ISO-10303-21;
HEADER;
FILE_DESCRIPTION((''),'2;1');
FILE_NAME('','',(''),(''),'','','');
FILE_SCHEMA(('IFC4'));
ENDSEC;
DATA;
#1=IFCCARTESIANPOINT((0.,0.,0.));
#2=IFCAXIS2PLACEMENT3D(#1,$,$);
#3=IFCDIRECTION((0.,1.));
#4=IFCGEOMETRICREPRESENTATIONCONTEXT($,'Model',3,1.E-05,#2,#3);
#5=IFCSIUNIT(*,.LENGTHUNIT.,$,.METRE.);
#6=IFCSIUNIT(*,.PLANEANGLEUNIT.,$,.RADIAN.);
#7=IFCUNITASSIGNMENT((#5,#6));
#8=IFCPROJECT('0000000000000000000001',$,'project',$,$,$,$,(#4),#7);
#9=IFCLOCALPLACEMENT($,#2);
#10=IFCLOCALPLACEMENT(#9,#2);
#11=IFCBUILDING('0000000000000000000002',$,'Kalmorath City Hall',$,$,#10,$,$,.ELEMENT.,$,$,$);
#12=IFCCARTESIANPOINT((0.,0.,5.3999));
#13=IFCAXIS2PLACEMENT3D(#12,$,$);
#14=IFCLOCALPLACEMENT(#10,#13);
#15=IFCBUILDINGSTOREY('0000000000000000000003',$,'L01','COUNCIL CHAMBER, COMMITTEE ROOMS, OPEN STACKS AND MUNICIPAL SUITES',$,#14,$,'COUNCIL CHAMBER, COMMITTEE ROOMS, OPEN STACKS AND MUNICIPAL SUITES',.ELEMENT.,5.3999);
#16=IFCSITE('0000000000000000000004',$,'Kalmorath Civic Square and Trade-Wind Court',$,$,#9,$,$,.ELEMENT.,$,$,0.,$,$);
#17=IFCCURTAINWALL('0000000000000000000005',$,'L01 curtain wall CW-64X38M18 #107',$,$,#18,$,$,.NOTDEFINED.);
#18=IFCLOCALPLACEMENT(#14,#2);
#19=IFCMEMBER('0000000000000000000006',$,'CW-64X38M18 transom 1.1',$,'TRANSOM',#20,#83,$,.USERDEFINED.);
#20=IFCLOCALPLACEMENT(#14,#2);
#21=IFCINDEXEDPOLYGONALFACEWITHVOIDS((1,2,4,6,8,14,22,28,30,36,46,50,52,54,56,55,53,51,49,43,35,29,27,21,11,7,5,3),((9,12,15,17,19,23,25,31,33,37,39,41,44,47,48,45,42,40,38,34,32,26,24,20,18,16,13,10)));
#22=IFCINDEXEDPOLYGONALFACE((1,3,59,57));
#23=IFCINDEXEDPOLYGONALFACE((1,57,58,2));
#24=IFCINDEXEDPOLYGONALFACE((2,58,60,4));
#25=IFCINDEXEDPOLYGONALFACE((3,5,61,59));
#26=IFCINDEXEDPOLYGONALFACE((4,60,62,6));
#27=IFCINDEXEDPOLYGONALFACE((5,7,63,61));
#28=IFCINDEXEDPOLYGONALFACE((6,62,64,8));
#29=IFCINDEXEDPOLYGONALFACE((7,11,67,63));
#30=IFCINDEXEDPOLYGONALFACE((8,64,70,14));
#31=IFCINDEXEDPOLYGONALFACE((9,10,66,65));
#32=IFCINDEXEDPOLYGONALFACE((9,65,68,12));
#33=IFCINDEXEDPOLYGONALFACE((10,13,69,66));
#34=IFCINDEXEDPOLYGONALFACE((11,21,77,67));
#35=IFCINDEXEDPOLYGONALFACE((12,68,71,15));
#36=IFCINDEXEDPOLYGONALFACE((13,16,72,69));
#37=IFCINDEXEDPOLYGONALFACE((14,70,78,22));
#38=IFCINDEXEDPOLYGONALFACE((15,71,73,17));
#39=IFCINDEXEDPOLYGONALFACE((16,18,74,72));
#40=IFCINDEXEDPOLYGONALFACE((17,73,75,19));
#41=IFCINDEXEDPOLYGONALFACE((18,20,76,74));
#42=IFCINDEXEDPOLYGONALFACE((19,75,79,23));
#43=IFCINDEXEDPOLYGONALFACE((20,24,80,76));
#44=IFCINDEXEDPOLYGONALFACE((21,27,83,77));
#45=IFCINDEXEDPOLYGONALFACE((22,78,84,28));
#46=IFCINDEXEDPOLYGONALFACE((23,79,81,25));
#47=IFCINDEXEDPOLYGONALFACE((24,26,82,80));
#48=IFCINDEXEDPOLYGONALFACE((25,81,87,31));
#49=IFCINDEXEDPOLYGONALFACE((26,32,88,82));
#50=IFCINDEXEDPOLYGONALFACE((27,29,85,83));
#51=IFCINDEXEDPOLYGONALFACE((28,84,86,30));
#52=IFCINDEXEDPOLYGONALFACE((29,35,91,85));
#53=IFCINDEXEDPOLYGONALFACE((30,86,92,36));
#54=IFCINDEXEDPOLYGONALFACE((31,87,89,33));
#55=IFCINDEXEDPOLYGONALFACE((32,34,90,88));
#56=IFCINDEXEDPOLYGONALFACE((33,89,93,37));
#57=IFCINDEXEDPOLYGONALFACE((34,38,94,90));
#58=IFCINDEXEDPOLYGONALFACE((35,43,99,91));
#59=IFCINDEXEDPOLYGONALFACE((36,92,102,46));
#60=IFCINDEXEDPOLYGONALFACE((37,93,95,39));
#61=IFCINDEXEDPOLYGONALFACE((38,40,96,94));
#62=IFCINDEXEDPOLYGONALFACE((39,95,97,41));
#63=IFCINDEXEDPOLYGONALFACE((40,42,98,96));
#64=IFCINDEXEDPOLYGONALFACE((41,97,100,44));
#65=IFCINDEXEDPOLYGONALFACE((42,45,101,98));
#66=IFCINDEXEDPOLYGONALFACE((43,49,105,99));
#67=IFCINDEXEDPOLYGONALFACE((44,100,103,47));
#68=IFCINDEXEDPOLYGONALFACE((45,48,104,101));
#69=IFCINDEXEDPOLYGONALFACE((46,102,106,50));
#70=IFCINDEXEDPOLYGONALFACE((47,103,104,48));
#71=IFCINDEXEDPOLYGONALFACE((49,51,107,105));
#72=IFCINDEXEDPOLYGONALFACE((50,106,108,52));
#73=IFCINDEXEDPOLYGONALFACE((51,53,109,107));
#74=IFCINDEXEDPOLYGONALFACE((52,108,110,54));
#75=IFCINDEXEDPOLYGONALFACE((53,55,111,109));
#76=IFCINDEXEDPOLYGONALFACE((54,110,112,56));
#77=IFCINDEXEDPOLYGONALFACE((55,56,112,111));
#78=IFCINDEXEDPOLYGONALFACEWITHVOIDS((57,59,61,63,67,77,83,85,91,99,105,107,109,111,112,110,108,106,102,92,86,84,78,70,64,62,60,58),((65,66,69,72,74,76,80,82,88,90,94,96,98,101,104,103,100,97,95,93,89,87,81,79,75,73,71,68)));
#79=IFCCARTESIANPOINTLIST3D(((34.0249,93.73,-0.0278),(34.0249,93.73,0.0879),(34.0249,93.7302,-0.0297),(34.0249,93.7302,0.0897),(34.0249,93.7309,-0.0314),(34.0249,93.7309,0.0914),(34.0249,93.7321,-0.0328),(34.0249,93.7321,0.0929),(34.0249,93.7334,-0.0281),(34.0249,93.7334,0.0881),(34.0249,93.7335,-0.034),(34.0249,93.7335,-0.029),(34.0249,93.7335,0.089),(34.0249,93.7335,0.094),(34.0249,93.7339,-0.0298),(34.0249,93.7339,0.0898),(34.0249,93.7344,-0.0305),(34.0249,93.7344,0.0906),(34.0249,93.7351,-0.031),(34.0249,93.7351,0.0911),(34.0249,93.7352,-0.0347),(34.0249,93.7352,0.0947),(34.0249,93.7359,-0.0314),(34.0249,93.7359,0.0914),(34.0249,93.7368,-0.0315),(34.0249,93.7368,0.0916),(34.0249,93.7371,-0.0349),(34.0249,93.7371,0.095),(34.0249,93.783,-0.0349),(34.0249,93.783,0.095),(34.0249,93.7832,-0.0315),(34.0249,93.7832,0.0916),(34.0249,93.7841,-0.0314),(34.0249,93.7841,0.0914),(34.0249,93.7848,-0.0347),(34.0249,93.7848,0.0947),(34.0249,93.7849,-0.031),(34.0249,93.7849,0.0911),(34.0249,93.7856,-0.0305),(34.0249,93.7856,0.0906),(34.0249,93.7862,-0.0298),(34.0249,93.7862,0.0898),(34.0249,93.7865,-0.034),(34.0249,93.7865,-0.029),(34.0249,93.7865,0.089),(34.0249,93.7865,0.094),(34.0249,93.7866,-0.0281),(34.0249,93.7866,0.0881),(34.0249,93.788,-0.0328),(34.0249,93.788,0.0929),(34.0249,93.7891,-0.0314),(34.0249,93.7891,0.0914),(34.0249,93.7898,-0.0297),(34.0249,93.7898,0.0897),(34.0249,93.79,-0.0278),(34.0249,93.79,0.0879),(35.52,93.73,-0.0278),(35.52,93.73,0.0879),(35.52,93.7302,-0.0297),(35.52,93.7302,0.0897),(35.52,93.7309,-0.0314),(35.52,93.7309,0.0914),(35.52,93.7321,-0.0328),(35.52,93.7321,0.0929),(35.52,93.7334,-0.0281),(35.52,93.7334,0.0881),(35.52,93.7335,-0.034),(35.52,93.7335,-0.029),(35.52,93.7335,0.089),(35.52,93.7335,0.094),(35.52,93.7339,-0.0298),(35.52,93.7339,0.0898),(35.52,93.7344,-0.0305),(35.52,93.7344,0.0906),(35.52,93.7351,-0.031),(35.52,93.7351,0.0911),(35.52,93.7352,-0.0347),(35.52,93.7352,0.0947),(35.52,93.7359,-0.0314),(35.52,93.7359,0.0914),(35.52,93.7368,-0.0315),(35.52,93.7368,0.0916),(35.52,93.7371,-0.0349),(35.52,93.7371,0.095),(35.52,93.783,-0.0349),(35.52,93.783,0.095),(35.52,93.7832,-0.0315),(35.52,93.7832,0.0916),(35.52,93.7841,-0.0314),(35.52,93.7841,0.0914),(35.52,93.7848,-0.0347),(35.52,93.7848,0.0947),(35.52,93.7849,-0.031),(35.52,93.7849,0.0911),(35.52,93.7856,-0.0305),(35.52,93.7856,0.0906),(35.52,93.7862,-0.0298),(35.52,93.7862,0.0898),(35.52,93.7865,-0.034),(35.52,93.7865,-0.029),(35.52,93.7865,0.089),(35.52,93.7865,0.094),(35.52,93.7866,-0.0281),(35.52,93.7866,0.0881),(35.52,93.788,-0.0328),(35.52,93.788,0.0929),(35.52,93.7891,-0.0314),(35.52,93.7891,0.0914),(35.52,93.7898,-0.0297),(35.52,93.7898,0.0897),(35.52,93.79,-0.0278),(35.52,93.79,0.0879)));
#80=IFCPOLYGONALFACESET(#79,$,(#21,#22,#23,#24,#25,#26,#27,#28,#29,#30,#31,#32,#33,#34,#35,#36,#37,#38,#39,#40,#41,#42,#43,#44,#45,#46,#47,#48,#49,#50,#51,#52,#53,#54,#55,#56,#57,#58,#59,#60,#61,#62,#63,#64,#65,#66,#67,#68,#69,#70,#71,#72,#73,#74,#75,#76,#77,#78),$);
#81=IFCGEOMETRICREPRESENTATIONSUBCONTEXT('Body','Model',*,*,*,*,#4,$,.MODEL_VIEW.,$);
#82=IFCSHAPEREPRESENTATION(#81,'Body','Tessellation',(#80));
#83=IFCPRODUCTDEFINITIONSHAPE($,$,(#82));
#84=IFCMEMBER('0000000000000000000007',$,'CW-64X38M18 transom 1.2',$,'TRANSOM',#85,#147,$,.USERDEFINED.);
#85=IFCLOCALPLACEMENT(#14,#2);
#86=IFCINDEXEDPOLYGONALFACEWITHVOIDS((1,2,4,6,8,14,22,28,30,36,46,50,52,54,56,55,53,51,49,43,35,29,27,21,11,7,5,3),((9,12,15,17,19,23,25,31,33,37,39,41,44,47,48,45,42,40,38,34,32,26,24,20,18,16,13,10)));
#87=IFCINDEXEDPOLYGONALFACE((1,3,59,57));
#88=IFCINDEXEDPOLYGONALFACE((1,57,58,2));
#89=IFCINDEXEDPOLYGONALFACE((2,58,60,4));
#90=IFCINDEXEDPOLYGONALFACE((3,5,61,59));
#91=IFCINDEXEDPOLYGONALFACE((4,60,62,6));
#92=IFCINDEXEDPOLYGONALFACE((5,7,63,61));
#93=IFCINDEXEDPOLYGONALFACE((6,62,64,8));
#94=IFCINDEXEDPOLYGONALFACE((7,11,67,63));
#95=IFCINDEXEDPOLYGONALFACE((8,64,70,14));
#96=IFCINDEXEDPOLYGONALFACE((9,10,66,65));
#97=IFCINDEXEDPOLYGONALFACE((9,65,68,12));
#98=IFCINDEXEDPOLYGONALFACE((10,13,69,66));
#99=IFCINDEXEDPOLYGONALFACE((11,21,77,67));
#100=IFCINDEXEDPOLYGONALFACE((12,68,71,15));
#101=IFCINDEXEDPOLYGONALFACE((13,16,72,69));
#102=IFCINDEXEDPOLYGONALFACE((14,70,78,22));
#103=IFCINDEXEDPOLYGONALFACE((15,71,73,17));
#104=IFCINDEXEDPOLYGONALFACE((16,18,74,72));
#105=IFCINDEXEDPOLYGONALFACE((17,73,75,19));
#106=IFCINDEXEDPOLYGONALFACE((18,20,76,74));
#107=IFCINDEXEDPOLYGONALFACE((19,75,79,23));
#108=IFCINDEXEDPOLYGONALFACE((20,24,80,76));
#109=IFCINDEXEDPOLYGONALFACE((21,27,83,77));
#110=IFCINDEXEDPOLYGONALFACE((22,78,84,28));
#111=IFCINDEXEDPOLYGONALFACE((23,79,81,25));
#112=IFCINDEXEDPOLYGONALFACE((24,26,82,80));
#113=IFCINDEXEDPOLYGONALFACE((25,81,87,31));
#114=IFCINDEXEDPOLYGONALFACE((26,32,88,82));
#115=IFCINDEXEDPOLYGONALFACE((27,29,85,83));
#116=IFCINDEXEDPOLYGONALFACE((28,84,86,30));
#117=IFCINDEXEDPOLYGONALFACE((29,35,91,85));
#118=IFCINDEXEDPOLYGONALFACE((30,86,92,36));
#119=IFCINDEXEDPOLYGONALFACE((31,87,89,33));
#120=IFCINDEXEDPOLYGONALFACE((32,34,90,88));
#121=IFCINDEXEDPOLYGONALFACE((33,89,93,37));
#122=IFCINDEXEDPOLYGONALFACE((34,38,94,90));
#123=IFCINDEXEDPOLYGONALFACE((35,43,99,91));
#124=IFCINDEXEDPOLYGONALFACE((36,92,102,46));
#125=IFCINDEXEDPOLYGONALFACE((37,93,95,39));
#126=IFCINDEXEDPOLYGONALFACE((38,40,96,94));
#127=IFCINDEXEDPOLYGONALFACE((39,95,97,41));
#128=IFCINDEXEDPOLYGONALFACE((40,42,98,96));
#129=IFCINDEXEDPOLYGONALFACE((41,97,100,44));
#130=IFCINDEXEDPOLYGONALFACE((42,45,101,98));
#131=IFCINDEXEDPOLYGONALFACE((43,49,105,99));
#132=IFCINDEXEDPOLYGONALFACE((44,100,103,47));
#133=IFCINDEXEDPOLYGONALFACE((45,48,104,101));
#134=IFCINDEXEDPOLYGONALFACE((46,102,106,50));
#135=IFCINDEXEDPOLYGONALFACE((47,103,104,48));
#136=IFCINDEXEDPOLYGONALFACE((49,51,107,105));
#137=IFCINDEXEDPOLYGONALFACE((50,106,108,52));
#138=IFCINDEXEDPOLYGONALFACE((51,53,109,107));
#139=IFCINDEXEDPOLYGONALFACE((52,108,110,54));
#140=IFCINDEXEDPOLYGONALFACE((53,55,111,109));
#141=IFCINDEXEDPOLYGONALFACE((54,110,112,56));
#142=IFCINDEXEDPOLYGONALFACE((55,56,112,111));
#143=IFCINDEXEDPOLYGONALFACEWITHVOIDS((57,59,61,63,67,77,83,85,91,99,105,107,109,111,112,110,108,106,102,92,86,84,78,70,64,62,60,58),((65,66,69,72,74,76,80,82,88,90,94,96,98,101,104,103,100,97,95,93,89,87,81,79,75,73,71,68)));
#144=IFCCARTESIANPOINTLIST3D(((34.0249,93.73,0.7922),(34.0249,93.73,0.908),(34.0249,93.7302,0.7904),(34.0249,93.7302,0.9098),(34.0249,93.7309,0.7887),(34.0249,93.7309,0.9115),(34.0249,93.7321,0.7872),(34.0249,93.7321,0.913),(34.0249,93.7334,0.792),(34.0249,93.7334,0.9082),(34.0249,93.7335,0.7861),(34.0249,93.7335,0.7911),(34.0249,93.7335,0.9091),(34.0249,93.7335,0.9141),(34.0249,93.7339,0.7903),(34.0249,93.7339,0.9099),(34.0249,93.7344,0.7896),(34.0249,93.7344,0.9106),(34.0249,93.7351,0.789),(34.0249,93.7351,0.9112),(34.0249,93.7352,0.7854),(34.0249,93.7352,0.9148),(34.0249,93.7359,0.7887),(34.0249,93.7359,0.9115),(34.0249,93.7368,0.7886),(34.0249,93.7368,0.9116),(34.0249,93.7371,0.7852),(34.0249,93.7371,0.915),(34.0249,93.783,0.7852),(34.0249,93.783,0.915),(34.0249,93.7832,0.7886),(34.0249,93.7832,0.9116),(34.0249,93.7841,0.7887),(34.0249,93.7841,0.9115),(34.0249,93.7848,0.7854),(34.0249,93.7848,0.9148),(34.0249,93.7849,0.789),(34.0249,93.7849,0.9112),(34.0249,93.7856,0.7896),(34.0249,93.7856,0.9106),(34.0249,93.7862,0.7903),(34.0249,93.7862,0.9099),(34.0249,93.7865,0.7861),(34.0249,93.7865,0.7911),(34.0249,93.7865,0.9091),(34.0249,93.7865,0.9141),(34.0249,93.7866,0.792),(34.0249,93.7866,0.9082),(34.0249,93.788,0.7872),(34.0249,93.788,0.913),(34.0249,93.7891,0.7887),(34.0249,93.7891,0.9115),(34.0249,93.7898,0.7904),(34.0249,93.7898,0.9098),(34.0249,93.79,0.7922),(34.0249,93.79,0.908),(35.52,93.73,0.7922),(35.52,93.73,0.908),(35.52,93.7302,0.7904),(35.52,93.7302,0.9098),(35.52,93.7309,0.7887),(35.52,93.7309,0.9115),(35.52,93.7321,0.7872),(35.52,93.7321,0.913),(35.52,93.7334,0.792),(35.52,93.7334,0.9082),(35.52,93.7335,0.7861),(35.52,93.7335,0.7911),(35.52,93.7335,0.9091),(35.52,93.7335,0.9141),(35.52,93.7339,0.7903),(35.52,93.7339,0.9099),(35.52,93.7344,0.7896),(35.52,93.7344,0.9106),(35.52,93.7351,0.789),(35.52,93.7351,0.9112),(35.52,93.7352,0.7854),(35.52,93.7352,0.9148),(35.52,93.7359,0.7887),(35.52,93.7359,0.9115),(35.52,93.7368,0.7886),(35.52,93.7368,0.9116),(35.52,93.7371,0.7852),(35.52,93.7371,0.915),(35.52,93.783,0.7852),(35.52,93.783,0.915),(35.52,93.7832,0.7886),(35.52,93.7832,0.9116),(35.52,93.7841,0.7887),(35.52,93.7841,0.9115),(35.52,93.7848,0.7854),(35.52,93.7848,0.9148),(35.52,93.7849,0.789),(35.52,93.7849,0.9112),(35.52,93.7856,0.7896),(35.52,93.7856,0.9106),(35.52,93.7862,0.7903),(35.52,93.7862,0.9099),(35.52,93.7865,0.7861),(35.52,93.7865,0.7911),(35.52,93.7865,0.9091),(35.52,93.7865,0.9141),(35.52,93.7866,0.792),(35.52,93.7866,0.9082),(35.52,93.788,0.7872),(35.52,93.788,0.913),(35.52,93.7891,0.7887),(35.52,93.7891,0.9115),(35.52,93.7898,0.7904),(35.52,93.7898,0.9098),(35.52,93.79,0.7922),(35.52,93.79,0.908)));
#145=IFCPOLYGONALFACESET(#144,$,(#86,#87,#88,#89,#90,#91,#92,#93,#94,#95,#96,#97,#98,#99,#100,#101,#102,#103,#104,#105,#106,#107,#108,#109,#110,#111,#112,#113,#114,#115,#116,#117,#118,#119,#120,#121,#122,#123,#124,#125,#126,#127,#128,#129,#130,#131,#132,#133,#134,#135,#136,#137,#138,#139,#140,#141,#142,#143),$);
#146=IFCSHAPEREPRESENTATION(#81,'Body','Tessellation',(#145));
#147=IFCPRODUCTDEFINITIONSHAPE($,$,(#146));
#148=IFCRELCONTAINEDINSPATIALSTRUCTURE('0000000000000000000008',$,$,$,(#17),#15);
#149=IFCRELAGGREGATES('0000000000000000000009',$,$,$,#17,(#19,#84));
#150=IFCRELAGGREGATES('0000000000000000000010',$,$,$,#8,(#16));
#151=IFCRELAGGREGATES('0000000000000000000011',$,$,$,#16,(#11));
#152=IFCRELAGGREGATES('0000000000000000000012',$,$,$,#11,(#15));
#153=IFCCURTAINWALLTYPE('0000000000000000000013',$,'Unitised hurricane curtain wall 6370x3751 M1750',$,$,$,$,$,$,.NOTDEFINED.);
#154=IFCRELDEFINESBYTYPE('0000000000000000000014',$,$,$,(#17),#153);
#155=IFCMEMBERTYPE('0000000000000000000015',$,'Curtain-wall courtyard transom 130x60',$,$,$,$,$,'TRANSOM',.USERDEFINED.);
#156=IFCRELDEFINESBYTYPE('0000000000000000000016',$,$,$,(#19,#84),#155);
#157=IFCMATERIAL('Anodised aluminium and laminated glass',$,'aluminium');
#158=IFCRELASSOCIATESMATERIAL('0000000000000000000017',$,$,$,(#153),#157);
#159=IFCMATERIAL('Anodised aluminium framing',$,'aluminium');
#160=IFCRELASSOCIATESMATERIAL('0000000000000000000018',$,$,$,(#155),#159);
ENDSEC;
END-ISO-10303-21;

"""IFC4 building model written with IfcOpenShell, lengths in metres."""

from ifc_helpers import new_model, si_unit, direction, frame, origin, origin_2d, place, context, subcontext, project, spatial, hollow_rectangle, extrude, material, material_profile, profile_set, type_object, element, aggregate, save


model = new_model("IFC4")

# Units and contexts
model_context = context("Model", 3, precision=1e-05, world=origin(), true_north=direction((0.0, 1.0)))
body_context = subcontext(model_context, "Body", "Model", "MODEL_VIEW")
ifc_project = project(units=[si_unit("LENGTHUNIT", "METRE"), si_unit("PLANEANGLEUNIT", "RADIAN")], contexts=[model_context])

# Site, building, storey
site_placement = place(None, origin())
site = spatial("IfcSite", under=ifc_project, at=site_placement, Name="Kalmorath Civic Square and Trade-Wind Court", CompositionType="ELEMENT", RefElevation=0.0)
building_placement = place(site_placement, origin())
building = spatial("IfcBuilding", under=site, at=building_placement, Name="Kalmorath City Hall", CompositionType="ELEMENT")
storey_placement = place(building_placement, frame((0.0, 0.0, 5.3999)))
storey = spatial("IfcBuildingStorey", under=building, at=storey_placement, Name="L01", Description="COUNCIL CHAMBER, COMMITTEE ROOMS, OPEN STACKS AND MUNICIPAL SUITES", LongName="COUNCIL CHAMBER, COMMITTEE ROOMS, OPEN STACKS AND MUNICIPAL SUITES", CompositionType="ELEMENT", Elevation=5.3999)

# Shared definitions
ifc_material_1 = material(Name="Anodised aluminium and laminated glass", Category="aluminium")
curtain_wall_type = type_object("IfcCurtainWallType", Name="Unitised hurricane curtain wall 6370x3751 M1750", PredefinedType="NOTDEFINED", material=ifc_material_1)

# Curtain wall
curtain_wall_1_placement = place(storey_placement, origin())
curtain_wall_1 = element("IfcCurtainWall", 1, at=curtain_wall_1_placement, inside=storey, type_object=curtain_wall_type, Name="L01 curtain wall CW-64X38M18 #107", PredefinedType="NOTDEFINED")

# Members
ifc_material_2 = material(Name="Anodised aluminium framing", Category="aluminium")
ifc_material_profile_1 = material_profile(ifc_material_2, hollow_rectangle(XDim=0.0601, YDim=0.1299, WallThickness=0.0034, InnerFilletRadius=0.0034, OuterFilletRadius=0.0071, at=origin_2d()), Name="ALU-TRN-130X60X3.5")
ifc_profile_set_1 = profile_set([ifc_material_profile_1], Name="Anodised aluminium framing")
member_type_1 = type_object("IfcMemberType", Name="Curtain-wall courtyard transom 130x60", ElementType="TRANSOM", PredefinedType="USERDEFINED", material=ifc_profile_set_1)
member_1_placement = place(storey_placement, frame((35.52, 93.76, 0.03), z_axis=(-1.0, 0.0, 0.0), x_axis=(0.0, -1.0, 0.0)))
member_1 = element("IfcMember", 2, at=member_1_placement, type_object=member_type_1, Name="CW-64X38M18 transom 1.1", ObjectType="TRANSOM", PredefinedType="USERDEFINED", context=body_context, shape_type="SweptSolid", body=[
    extrude(hollow_rectangle(XDim=0.0601, YDim=0.1299, WallThickness=0.0034, InnerFilletRadius=0.0034, OuterFilletRadius=0.0071, at=origin_2d()), origin(), (0.0, 0.0, 1.0), 1.4951),
])
member_2_placement = place(storey_placement, frame((35.52, 93.76, 0.8501), z_axis=(-1.0, 0.0, 0.0), x_axis=(0.0, -1.0, 0.0)))
member_2 = element("IfcMember", 3, at=member_2_placement, type_object=member_type_1, Name="CW-64X38M18 transom 1.2", ObjectType="TRANSOM", PredefinedType="USERDEFINED", context=body_context, shape_type="SweptSolid", body=[
    extrude(hollow_rectangle(XDim=0.0601, YDim=0.1299, WallThickness=0.0034, InnerFilletRadius=0.0034, OuterFilletRadius=0.0071, at=origin_2d()), origin(), (0.0, 0.0, 1.0), 1.4951),
])

aggregate(curtain_wall_1, [member_1, member_2])

save(model, "model.ifc")
